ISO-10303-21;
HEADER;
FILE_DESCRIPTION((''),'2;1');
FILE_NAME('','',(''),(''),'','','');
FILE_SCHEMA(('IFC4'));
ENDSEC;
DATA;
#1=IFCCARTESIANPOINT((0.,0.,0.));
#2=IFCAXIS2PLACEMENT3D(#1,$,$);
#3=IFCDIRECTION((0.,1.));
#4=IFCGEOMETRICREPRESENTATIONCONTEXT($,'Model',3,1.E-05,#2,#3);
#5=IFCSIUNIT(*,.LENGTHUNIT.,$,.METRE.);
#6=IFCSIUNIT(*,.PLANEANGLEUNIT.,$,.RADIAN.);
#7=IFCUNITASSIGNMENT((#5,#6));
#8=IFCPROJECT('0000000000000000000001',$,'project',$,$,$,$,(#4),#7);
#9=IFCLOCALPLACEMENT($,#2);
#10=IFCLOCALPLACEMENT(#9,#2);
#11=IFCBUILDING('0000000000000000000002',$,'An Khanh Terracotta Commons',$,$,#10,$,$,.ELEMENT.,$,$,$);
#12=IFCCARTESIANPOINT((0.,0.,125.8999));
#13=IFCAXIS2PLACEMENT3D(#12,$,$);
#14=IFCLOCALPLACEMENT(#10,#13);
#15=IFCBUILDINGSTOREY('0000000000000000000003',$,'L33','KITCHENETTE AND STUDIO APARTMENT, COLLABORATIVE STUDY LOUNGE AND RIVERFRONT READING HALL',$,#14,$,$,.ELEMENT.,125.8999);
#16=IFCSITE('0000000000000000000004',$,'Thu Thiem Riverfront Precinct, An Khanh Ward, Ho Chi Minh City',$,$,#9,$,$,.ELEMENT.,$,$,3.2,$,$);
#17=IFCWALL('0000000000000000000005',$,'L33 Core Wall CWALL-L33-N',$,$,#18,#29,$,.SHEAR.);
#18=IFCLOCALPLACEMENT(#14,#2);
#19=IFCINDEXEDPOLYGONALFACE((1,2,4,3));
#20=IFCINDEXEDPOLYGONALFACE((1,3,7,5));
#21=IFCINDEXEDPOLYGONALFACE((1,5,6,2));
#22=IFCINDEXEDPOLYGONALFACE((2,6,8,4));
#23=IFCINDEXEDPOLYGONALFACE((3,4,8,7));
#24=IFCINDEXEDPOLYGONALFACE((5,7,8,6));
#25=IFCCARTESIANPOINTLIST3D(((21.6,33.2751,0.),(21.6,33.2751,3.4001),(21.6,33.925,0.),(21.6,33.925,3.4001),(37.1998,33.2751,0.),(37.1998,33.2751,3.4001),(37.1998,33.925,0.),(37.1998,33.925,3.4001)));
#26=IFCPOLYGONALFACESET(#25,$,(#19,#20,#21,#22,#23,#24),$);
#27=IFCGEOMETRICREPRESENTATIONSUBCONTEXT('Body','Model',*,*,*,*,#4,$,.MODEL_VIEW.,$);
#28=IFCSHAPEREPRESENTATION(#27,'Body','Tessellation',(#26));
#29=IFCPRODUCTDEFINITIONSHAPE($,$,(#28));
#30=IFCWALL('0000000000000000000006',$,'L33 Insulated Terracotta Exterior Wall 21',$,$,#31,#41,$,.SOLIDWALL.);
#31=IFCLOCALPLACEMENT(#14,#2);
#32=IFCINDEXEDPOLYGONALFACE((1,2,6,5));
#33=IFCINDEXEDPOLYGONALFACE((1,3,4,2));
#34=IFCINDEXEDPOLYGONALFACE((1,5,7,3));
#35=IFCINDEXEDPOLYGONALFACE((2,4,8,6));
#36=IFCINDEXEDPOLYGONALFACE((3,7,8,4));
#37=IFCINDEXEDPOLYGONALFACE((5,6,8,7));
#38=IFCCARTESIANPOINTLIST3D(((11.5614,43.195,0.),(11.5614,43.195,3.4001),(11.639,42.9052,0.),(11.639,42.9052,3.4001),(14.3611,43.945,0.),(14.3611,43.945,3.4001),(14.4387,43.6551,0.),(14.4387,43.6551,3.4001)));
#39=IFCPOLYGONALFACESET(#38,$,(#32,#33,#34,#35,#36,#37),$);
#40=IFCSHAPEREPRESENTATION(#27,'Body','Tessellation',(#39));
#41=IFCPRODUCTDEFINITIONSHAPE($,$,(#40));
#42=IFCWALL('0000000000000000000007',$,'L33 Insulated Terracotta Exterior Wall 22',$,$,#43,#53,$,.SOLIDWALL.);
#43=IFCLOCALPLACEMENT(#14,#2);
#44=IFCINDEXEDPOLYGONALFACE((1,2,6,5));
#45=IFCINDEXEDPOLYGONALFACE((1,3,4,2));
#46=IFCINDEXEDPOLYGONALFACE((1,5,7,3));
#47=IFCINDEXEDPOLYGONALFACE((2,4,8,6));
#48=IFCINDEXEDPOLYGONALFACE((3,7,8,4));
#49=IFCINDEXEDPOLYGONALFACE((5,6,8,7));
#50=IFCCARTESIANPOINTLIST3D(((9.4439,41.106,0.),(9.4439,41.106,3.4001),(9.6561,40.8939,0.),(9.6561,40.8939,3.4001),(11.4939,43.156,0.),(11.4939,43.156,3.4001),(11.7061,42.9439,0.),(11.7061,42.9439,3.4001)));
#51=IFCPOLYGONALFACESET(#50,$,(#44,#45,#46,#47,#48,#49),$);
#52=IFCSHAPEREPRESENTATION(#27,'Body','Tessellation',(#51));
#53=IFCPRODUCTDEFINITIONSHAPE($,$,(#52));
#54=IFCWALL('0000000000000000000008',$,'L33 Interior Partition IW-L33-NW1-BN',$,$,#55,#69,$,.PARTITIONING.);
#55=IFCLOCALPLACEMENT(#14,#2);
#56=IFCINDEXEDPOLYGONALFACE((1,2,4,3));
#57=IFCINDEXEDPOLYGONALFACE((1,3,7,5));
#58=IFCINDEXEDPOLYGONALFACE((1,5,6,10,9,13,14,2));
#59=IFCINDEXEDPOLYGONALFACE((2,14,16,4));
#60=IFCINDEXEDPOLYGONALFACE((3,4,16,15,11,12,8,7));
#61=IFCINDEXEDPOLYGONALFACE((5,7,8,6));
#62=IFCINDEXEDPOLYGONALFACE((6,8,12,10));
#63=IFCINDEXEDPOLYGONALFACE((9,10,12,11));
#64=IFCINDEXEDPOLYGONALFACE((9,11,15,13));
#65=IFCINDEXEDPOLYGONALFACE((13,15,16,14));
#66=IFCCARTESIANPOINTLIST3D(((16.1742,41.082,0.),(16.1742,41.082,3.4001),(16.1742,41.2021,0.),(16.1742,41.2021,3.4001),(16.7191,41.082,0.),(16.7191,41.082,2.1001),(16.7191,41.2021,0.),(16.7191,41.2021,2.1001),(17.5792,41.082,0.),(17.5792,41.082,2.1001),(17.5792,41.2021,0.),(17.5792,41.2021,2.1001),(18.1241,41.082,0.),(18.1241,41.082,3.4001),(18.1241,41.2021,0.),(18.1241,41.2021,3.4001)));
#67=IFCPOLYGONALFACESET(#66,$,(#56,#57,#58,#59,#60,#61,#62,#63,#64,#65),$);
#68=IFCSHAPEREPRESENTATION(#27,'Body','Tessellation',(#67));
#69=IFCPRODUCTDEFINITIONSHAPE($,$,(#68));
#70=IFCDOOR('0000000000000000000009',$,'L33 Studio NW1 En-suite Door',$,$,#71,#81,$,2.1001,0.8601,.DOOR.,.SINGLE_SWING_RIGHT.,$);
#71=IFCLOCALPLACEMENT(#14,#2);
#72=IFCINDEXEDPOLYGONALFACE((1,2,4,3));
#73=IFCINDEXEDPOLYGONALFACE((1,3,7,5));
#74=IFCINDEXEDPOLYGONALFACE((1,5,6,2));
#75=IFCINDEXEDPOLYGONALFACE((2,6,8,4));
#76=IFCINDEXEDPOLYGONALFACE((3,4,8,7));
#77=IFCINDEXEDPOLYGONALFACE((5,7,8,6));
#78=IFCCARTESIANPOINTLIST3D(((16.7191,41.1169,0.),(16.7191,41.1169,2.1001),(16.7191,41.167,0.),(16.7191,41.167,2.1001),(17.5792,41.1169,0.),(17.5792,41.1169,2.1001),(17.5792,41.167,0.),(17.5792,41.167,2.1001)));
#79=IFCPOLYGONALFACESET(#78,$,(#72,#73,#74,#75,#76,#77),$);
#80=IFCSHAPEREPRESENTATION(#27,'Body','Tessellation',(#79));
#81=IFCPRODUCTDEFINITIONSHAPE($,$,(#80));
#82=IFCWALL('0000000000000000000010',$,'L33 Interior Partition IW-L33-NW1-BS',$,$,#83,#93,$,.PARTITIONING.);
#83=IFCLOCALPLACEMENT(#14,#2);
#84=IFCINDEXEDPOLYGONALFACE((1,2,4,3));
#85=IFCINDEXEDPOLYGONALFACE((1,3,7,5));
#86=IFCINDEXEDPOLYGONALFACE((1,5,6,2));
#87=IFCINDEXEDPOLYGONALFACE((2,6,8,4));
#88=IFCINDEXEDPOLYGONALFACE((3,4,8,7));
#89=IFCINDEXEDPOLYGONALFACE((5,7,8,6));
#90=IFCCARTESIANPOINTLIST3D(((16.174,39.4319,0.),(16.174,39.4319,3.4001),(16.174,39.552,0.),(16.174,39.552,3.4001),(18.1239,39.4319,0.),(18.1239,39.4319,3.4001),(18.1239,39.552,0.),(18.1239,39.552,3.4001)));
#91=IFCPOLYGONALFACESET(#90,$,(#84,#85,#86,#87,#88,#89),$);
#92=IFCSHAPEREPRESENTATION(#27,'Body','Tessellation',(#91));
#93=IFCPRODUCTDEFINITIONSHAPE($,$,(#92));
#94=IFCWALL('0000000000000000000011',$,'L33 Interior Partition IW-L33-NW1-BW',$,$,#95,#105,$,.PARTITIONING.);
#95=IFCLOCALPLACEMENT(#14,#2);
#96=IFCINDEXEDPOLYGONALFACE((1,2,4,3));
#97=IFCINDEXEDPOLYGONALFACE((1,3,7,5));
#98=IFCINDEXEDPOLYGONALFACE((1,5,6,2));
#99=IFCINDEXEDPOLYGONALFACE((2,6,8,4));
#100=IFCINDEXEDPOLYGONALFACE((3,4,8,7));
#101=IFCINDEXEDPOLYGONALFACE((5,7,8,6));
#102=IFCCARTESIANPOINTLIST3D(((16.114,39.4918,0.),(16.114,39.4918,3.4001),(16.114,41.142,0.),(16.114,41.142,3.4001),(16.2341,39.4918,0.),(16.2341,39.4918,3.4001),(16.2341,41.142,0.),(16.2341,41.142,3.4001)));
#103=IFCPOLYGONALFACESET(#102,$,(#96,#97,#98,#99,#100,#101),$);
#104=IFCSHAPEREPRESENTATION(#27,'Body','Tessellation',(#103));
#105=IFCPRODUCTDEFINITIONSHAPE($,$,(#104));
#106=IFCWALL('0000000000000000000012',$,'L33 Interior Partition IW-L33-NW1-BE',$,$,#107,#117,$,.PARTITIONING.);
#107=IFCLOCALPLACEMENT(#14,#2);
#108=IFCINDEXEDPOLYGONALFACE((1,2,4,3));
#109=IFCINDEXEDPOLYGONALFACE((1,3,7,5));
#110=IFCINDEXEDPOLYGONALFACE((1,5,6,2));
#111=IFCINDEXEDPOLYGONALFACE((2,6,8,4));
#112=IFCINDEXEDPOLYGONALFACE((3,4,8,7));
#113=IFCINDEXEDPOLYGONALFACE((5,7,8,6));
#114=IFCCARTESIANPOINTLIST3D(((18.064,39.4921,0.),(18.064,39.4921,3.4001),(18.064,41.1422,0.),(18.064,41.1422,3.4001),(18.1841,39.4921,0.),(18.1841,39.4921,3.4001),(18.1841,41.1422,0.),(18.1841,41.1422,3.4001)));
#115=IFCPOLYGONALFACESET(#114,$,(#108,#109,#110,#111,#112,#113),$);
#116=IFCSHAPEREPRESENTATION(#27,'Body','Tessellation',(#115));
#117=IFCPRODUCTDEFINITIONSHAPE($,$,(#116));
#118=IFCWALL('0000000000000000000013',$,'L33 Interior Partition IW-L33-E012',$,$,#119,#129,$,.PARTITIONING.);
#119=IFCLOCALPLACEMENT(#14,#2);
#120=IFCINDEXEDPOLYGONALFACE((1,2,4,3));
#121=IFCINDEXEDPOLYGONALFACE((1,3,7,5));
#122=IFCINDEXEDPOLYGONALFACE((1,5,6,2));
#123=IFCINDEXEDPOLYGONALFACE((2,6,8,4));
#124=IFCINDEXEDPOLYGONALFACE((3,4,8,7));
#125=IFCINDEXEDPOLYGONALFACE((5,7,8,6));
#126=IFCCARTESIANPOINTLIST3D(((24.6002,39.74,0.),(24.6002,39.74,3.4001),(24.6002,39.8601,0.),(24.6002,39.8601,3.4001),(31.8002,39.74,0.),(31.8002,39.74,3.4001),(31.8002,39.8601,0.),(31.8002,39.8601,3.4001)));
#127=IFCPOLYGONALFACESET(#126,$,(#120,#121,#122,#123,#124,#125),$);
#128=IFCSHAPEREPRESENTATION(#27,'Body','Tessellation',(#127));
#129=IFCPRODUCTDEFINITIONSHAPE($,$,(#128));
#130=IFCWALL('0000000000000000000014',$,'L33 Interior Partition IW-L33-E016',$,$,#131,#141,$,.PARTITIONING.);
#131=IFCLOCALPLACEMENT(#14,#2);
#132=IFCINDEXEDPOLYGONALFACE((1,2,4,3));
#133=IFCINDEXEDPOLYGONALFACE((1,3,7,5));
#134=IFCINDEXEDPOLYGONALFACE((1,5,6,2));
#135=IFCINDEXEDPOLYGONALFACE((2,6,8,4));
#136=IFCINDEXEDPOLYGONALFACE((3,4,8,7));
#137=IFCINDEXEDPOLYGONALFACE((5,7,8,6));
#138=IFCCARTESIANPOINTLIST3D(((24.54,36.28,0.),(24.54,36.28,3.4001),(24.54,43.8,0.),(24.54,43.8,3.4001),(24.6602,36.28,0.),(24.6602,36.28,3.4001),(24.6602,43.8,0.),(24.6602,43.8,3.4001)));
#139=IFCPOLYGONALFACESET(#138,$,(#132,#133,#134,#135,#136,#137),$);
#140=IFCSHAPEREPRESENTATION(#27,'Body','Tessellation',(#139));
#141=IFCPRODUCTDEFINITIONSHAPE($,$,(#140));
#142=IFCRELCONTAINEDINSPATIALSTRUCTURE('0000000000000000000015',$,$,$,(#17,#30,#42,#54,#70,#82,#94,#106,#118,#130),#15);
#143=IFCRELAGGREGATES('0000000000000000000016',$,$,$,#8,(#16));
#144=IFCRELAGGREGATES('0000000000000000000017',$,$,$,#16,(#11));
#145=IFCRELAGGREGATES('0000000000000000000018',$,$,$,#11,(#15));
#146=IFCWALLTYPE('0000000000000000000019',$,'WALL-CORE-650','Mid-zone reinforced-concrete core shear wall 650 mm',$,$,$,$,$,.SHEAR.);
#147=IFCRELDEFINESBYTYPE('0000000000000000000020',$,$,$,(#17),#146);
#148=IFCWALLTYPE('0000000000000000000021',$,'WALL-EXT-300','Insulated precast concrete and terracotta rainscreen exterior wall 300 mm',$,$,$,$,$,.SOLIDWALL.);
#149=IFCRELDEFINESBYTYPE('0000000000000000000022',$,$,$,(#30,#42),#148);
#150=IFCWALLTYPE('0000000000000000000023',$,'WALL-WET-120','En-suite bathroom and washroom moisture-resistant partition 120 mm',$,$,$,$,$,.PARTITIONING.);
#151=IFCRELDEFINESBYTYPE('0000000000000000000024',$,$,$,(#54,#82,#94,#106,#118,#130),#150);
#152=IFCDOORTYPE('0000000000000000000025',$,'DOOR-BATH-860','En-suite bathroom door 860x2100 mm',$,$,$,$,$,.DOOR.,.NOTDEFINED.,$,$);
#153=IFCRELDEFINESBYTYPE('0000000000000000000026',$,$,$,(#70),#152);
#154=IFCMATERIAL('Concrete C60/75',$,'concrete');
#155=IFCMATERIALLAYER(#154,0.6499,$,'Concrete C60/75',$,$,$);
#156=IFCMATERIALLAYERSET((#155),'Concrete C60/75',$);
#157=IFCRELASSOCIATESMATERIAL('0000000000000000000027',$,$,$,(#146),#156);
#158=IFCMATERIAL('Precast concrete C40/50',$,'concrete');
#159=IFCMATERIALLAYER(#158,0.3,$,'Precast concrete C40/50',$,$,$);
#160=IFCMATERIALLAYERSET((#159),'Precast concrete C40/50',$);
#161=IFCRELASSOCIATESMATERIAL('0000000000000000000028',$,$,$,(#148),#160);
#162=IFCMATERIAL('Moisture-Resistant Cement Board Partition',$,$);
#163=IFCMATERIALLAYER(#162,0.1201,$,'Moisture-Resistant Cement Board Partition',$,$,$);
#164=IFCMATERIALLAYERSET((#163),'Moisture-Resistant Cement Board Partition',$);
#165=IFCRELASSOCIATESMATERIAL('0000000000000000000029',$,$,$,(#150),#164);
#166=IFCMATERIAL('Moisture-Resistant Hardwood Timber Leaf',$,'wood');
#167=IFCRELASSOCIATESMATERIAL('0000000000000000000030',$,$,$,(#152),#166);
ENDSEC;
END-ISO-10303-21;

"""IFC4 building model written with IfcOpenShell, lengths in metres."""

from ifc_helpers import new_model, si_unit, direction, frame, frame_2d, origin, place, context, subcontext, project, spatial, rectangle, extrude, material, layer, layer_set, type_object, element, fill, save


model = new_model("IFC4")

# Units and contexts
model_context = context("Model", 3, precision=1e-05, world=origin(), true_north=direction((0.0, 1.0)))
body_context = subcontext(model_context, "Body", "Model", "MODEL_VIEW")
ifc_project = project(units=[si_unit("LENGTHUNIT", "METRE"), si_unit("PLANEANGLEUNIT", "RADIAN")], contexts=[model_context])

# Site, building, storey
site_placement = place(None, origin())
site = spatial("IfcSite", under=ifc_project, at=site_placement, Name="Thu Thiem Riverfront Precinct, An Khanh Ward, Ho Chi Minh City", CompositionType="ELEMENT", RefElevation=3.2)
building_placement = place(site_placement, origin())
building = spatial("IfcBuilding", under=site, at=building_placement, Name="An Khanh Terracotta Commons", CompositionType="ELEMENT")
storey_placement = place(building_placement, frame((0.0, 0.0, 125.8999)))
storey = spatial("IfcBuildingStorey", under=building, at=storey_placement, Name="L33", Description="KITCHENETTE AND STUDIO APARTMENT, COLLABORATIVE STUDY LOUNGE AND RIVERFRONT READING HALL", CompositionType="ELEMENT", Elevation=125.8999)

# Walls
ifc_material_1 = material(Name="Concrete C60/75", Category="concrete")
ifc_layer_1 = layer(ifc_material_1, 0.6499, Name="Concrete C60/75")
ifc_layer_set_1 = layer_set([ifc_layer_1], Name="Concrete C60/75")
wall_type_1 = type_object("IfcWallType", Name="WALL-CORE-650", Description="Mid-zone reinforced-concrete core shear wall 650 mm", PredefinedType="SHEAR", material=ifc_layer_set_1)
wall_1_placement = place(storey_placement, frame((21.6001, 33.6001, 0.0), z_axis=(0.0, 0.0, 1.0), x_axis=(1.0, 0.0, 0.0)))
element("IfcWall", 1, at=wall_1_placement, inside=storey, type_object=wall_type_1, Name="L33 Core Wall CWALL-L33-N", PredefinedType="SHEAR", context=body_context, shape_type="SweptSolid", body=[
    extrude(rectangle(XDim=15.5999, YDim=0.6499, at=frame_2d((7.7998, 0.0))), origin(), (0.0, 0.0, 1.0), 3.4001),
])
ifc_material_2 = material(Name="Precast concrete C40/50", Category="concrete")
ifc_layer_2 = layer(ifc_material_2, 0.3, Name="Precast concrete C40/50")
ifc_layer_set_2 = layer_set([ifc_layer_2], Name="Precast concrete C40/50")
wall_type_2 = type_object("IfcWallType", Name="WALL-EXT-300", Description="Insulated precast concrete and terracotta rainscreen exterior wall 300 mm", PredefinedType="SOLIDWALL", material=ifc_layer_set_2)
wall_2_placement = place(storey_placement, frame((14.3999, 43.8, 0.0), z_axis=(0.0, 0.0, 1.0), x_axis=(-0.965944, -0.258753, 0.0)))
element("IfcWall", 2, at=wall_2_placement, inside=storey, type_object=wall_type_2, Name="L33 Insulated Terracotta Exterior Wall 21", PredefinedType="SOLIDWALL", context=body_context, shape_type="SweptSolid", body=[
    extrude(rectangle(XDim=2.8984, YDim=0.3, at=frame_2d((1.4492, 0.0))), origin(), (0.0, 0.0, 1.0), 3.4001),
])
wall_3_placement = place(storey_placement, frame((11.6001, 43.05, 0.0), z_axis=(0.0, 0.0, 1.0), x_axis=(-0.707107, -0.707107, 0.0)))
element("IfcWall", 3, at=wall_3_placement, inside=storey, type_object=wall_type_2, Name="L33 Insulated Terracotta Exterior Wall 22", PredefinedType="SOLIDWALL", context=body_context, shape_type="SweptSolid", body=[
    extrude(rectangle(XDim=2.8992, YDim=0.3, at=frame_2d((1.4497, 0.0))), origin(), (0.0, 0.0, 1.0), 3.4001),
])

# Wall, opening, door
ifc_material_3 = material(Name="Moisture-Resistant Cement Board Partition")
ifc_layer_3 = layer(ifc_material_3, 0.1201, Name="Moisture-Resistant Cement Board Partition")
ifc_layer_set_3 = layer_set([ifc_layer_3], Name="Moisture-Resistant Cement Board Partition")
wall_type_3 = type_object("IfcWallType", Name="WALL-WET-120", Description="En-suite bathroom and washroom moisture-resistant partition 120 mm", PredefinedType="PARTITIONING", material=ifc_layer_set_3)
wall_4_placement = place(storey_placement, frame((16.1741, 41.1421, 0.0), z_axis=(0.0, 0.0, 1.0), x_axis=(1.0, 0.0, 0.0)))
wall_4 = element("IfcWall", 4, at=wall_4_placement, inside=storey, type_object=wall_type_3, Name="L33 Interior Partition IW-L33-NW1-BN", PredefinedType="PARTITIONING", context=body_context, shape_type="SweptSolid", body=[
    extrude(rectangle(XDim=1.95, YDim=0.1201, at=frame_2d((0.9751, 0.0))), origin(), (0.0, 0.0, 1.0), 3.4001),
])
opening_placement = place(wall_4_placement, frame((0.5449, 0.0, 0.0)))
opening = element("IfcOpeningElement", 5, at=opening_placement, cuts=wall_4, PredefinedType="OPENING", context=body_context, shape_type="SweptSolid", body=[
    extrude(rectangle(XDim=0.8601, YDim=2.1001, at=frame_2d((0.4302, 1.05))), frame((0.0, 0.0701, 0.0), z_axis=(0.0, -1.0, 0.0), x_axis=(1.0, 0.0, 0.0)), (0.0, 0.0, 1.0), 0.1401),
])
ifc_material_4 = material(Name="Moisture-Resistant Hardwood Timber Leaf", Category="wood")
door_type = type_object("IfcDoorType", Name="DOOR-BATH-860", Description="En-suite bathroom door 860x2100 mm", OperationType="NOTDEFINED", PredefinedType="DOOR", material=ifc_material_4)
door_placement = place(opening_placement, origin())
door = element("IfcDoor", 6, at=door_placement, inside=storey, type_object=door_type, Name="L33 Studio NW1 En-suite Door", OperationType="SINGLE_SWING_RIGHT", OverallHeight=2.1001, OverallWidth=0.8601, PredefinedType="DOOR", context=body_context, shape_type="SweptSolid", body=[
    extrude(rectangle(XDim=0.8601, YDim=2.1001, at=frame_2d((0.4302, 1.05))), frame((0.0, 0.0249, 0.0), z_axis=(0.0, -1.0, 0.0), x_axis=(1.0, 0.0, 0.0)), (0.0, 0.0, 1.0), 0.05),
])
fill(opening, door)

# Walls
wall_5_placement = place(storey_placement, frame((18.124, 39.4919, 0.0), z_axis=(0.0, 0.0, 1.0), x_axis=(-1.0, 0.0, 0.0)))
element("IfcWall", 7, at=wall_5_placement, inside=storey, type_object=wall_type_3, Name="L33 Interior Partition IW-L33-NW1-BS", PredefinedType="PARTITIONING", context=body_context, shape_type="SweptSolid", body=[
    extrude(rectangle(XDim=1.95, YDim=0.1201, at=frame_2d((0.9751, 0.0))), origin(), (0.0, 0.0, 1.0), 3.4001),
])
for number, where, z_axis, x_axis, name in (
    (8, (16.1741, 41.1421, 0.0), (0.0, 0.0, 1.0), (0.0, -1.0, 0.0), "L33 Interior Partition IW-L33-NW1-BW"),
    (9, (18.124, 39.4919, 0.0), (0.0, 0.0, 1.0), (0.0, 1.0, 0.0), "L33 Interior Partition IW-L33-NW1-BE"),
):
    element("IfcWall", number, at=place(storey_placement, frame(where, z_axis=z_axis, x_axis=x_axis)), inside=storey, type_object=wall_type_3, Name=name, PredefinedType="PARTITIONING", context=body_context, shape_type="SweptSolid", body=[
        extrude(rectangle(XDim=1.6501, YDim=0.1201, at=frame_2d((0.8252, 0.0))), origin(), (0.0, 0.0, 1.0), 3.4001),
    ])
wall_6_placement = place(storey_placement, frame((24.6001, 39.8, 0.0), z_axis=(0.0, 0.0, 1.0), x_axis=(1.0, 0.0, 0.0)))
element("IfcWall", 10, at=wall_6_placement, inside=storey, type_object=wall_type_3, Name="L33 Interior Partition IW-L33-E012", PredefinedType="PARTITIONING", context=body_context, shape_type="SweptSolid", body=[
    extrude(rectangle(XDim=7.2, YDim=0.1201, at=frame_2d((3.6001, 0.0))), origin(), (0.0, 0.0, 1.0), 3.4001),
])
wall_7_placement = place(storey_placement, frame((24.6001, 36.28, 0.0), z_axis=(0.0, 0.0, 1.0), x_axis=(0.0, 1.0, 0.0)))
element("IfcWall", 11, at=wall_7_placement, inside=storey, type_object=wall_type_3, Name="L33 Interior Partition IW-L33-E016", PredefinedType="PARTITIONING", context=body_context, shape_type="SweptSolid", body=[
    extrude(rectangle(XDim=7.52, YDim=0.1201, at=frame_2d((3.76, 0.0))), origin(), (0.0, 0.0, 1.0), 3.4001),
])

save(model, "model.ifc")
